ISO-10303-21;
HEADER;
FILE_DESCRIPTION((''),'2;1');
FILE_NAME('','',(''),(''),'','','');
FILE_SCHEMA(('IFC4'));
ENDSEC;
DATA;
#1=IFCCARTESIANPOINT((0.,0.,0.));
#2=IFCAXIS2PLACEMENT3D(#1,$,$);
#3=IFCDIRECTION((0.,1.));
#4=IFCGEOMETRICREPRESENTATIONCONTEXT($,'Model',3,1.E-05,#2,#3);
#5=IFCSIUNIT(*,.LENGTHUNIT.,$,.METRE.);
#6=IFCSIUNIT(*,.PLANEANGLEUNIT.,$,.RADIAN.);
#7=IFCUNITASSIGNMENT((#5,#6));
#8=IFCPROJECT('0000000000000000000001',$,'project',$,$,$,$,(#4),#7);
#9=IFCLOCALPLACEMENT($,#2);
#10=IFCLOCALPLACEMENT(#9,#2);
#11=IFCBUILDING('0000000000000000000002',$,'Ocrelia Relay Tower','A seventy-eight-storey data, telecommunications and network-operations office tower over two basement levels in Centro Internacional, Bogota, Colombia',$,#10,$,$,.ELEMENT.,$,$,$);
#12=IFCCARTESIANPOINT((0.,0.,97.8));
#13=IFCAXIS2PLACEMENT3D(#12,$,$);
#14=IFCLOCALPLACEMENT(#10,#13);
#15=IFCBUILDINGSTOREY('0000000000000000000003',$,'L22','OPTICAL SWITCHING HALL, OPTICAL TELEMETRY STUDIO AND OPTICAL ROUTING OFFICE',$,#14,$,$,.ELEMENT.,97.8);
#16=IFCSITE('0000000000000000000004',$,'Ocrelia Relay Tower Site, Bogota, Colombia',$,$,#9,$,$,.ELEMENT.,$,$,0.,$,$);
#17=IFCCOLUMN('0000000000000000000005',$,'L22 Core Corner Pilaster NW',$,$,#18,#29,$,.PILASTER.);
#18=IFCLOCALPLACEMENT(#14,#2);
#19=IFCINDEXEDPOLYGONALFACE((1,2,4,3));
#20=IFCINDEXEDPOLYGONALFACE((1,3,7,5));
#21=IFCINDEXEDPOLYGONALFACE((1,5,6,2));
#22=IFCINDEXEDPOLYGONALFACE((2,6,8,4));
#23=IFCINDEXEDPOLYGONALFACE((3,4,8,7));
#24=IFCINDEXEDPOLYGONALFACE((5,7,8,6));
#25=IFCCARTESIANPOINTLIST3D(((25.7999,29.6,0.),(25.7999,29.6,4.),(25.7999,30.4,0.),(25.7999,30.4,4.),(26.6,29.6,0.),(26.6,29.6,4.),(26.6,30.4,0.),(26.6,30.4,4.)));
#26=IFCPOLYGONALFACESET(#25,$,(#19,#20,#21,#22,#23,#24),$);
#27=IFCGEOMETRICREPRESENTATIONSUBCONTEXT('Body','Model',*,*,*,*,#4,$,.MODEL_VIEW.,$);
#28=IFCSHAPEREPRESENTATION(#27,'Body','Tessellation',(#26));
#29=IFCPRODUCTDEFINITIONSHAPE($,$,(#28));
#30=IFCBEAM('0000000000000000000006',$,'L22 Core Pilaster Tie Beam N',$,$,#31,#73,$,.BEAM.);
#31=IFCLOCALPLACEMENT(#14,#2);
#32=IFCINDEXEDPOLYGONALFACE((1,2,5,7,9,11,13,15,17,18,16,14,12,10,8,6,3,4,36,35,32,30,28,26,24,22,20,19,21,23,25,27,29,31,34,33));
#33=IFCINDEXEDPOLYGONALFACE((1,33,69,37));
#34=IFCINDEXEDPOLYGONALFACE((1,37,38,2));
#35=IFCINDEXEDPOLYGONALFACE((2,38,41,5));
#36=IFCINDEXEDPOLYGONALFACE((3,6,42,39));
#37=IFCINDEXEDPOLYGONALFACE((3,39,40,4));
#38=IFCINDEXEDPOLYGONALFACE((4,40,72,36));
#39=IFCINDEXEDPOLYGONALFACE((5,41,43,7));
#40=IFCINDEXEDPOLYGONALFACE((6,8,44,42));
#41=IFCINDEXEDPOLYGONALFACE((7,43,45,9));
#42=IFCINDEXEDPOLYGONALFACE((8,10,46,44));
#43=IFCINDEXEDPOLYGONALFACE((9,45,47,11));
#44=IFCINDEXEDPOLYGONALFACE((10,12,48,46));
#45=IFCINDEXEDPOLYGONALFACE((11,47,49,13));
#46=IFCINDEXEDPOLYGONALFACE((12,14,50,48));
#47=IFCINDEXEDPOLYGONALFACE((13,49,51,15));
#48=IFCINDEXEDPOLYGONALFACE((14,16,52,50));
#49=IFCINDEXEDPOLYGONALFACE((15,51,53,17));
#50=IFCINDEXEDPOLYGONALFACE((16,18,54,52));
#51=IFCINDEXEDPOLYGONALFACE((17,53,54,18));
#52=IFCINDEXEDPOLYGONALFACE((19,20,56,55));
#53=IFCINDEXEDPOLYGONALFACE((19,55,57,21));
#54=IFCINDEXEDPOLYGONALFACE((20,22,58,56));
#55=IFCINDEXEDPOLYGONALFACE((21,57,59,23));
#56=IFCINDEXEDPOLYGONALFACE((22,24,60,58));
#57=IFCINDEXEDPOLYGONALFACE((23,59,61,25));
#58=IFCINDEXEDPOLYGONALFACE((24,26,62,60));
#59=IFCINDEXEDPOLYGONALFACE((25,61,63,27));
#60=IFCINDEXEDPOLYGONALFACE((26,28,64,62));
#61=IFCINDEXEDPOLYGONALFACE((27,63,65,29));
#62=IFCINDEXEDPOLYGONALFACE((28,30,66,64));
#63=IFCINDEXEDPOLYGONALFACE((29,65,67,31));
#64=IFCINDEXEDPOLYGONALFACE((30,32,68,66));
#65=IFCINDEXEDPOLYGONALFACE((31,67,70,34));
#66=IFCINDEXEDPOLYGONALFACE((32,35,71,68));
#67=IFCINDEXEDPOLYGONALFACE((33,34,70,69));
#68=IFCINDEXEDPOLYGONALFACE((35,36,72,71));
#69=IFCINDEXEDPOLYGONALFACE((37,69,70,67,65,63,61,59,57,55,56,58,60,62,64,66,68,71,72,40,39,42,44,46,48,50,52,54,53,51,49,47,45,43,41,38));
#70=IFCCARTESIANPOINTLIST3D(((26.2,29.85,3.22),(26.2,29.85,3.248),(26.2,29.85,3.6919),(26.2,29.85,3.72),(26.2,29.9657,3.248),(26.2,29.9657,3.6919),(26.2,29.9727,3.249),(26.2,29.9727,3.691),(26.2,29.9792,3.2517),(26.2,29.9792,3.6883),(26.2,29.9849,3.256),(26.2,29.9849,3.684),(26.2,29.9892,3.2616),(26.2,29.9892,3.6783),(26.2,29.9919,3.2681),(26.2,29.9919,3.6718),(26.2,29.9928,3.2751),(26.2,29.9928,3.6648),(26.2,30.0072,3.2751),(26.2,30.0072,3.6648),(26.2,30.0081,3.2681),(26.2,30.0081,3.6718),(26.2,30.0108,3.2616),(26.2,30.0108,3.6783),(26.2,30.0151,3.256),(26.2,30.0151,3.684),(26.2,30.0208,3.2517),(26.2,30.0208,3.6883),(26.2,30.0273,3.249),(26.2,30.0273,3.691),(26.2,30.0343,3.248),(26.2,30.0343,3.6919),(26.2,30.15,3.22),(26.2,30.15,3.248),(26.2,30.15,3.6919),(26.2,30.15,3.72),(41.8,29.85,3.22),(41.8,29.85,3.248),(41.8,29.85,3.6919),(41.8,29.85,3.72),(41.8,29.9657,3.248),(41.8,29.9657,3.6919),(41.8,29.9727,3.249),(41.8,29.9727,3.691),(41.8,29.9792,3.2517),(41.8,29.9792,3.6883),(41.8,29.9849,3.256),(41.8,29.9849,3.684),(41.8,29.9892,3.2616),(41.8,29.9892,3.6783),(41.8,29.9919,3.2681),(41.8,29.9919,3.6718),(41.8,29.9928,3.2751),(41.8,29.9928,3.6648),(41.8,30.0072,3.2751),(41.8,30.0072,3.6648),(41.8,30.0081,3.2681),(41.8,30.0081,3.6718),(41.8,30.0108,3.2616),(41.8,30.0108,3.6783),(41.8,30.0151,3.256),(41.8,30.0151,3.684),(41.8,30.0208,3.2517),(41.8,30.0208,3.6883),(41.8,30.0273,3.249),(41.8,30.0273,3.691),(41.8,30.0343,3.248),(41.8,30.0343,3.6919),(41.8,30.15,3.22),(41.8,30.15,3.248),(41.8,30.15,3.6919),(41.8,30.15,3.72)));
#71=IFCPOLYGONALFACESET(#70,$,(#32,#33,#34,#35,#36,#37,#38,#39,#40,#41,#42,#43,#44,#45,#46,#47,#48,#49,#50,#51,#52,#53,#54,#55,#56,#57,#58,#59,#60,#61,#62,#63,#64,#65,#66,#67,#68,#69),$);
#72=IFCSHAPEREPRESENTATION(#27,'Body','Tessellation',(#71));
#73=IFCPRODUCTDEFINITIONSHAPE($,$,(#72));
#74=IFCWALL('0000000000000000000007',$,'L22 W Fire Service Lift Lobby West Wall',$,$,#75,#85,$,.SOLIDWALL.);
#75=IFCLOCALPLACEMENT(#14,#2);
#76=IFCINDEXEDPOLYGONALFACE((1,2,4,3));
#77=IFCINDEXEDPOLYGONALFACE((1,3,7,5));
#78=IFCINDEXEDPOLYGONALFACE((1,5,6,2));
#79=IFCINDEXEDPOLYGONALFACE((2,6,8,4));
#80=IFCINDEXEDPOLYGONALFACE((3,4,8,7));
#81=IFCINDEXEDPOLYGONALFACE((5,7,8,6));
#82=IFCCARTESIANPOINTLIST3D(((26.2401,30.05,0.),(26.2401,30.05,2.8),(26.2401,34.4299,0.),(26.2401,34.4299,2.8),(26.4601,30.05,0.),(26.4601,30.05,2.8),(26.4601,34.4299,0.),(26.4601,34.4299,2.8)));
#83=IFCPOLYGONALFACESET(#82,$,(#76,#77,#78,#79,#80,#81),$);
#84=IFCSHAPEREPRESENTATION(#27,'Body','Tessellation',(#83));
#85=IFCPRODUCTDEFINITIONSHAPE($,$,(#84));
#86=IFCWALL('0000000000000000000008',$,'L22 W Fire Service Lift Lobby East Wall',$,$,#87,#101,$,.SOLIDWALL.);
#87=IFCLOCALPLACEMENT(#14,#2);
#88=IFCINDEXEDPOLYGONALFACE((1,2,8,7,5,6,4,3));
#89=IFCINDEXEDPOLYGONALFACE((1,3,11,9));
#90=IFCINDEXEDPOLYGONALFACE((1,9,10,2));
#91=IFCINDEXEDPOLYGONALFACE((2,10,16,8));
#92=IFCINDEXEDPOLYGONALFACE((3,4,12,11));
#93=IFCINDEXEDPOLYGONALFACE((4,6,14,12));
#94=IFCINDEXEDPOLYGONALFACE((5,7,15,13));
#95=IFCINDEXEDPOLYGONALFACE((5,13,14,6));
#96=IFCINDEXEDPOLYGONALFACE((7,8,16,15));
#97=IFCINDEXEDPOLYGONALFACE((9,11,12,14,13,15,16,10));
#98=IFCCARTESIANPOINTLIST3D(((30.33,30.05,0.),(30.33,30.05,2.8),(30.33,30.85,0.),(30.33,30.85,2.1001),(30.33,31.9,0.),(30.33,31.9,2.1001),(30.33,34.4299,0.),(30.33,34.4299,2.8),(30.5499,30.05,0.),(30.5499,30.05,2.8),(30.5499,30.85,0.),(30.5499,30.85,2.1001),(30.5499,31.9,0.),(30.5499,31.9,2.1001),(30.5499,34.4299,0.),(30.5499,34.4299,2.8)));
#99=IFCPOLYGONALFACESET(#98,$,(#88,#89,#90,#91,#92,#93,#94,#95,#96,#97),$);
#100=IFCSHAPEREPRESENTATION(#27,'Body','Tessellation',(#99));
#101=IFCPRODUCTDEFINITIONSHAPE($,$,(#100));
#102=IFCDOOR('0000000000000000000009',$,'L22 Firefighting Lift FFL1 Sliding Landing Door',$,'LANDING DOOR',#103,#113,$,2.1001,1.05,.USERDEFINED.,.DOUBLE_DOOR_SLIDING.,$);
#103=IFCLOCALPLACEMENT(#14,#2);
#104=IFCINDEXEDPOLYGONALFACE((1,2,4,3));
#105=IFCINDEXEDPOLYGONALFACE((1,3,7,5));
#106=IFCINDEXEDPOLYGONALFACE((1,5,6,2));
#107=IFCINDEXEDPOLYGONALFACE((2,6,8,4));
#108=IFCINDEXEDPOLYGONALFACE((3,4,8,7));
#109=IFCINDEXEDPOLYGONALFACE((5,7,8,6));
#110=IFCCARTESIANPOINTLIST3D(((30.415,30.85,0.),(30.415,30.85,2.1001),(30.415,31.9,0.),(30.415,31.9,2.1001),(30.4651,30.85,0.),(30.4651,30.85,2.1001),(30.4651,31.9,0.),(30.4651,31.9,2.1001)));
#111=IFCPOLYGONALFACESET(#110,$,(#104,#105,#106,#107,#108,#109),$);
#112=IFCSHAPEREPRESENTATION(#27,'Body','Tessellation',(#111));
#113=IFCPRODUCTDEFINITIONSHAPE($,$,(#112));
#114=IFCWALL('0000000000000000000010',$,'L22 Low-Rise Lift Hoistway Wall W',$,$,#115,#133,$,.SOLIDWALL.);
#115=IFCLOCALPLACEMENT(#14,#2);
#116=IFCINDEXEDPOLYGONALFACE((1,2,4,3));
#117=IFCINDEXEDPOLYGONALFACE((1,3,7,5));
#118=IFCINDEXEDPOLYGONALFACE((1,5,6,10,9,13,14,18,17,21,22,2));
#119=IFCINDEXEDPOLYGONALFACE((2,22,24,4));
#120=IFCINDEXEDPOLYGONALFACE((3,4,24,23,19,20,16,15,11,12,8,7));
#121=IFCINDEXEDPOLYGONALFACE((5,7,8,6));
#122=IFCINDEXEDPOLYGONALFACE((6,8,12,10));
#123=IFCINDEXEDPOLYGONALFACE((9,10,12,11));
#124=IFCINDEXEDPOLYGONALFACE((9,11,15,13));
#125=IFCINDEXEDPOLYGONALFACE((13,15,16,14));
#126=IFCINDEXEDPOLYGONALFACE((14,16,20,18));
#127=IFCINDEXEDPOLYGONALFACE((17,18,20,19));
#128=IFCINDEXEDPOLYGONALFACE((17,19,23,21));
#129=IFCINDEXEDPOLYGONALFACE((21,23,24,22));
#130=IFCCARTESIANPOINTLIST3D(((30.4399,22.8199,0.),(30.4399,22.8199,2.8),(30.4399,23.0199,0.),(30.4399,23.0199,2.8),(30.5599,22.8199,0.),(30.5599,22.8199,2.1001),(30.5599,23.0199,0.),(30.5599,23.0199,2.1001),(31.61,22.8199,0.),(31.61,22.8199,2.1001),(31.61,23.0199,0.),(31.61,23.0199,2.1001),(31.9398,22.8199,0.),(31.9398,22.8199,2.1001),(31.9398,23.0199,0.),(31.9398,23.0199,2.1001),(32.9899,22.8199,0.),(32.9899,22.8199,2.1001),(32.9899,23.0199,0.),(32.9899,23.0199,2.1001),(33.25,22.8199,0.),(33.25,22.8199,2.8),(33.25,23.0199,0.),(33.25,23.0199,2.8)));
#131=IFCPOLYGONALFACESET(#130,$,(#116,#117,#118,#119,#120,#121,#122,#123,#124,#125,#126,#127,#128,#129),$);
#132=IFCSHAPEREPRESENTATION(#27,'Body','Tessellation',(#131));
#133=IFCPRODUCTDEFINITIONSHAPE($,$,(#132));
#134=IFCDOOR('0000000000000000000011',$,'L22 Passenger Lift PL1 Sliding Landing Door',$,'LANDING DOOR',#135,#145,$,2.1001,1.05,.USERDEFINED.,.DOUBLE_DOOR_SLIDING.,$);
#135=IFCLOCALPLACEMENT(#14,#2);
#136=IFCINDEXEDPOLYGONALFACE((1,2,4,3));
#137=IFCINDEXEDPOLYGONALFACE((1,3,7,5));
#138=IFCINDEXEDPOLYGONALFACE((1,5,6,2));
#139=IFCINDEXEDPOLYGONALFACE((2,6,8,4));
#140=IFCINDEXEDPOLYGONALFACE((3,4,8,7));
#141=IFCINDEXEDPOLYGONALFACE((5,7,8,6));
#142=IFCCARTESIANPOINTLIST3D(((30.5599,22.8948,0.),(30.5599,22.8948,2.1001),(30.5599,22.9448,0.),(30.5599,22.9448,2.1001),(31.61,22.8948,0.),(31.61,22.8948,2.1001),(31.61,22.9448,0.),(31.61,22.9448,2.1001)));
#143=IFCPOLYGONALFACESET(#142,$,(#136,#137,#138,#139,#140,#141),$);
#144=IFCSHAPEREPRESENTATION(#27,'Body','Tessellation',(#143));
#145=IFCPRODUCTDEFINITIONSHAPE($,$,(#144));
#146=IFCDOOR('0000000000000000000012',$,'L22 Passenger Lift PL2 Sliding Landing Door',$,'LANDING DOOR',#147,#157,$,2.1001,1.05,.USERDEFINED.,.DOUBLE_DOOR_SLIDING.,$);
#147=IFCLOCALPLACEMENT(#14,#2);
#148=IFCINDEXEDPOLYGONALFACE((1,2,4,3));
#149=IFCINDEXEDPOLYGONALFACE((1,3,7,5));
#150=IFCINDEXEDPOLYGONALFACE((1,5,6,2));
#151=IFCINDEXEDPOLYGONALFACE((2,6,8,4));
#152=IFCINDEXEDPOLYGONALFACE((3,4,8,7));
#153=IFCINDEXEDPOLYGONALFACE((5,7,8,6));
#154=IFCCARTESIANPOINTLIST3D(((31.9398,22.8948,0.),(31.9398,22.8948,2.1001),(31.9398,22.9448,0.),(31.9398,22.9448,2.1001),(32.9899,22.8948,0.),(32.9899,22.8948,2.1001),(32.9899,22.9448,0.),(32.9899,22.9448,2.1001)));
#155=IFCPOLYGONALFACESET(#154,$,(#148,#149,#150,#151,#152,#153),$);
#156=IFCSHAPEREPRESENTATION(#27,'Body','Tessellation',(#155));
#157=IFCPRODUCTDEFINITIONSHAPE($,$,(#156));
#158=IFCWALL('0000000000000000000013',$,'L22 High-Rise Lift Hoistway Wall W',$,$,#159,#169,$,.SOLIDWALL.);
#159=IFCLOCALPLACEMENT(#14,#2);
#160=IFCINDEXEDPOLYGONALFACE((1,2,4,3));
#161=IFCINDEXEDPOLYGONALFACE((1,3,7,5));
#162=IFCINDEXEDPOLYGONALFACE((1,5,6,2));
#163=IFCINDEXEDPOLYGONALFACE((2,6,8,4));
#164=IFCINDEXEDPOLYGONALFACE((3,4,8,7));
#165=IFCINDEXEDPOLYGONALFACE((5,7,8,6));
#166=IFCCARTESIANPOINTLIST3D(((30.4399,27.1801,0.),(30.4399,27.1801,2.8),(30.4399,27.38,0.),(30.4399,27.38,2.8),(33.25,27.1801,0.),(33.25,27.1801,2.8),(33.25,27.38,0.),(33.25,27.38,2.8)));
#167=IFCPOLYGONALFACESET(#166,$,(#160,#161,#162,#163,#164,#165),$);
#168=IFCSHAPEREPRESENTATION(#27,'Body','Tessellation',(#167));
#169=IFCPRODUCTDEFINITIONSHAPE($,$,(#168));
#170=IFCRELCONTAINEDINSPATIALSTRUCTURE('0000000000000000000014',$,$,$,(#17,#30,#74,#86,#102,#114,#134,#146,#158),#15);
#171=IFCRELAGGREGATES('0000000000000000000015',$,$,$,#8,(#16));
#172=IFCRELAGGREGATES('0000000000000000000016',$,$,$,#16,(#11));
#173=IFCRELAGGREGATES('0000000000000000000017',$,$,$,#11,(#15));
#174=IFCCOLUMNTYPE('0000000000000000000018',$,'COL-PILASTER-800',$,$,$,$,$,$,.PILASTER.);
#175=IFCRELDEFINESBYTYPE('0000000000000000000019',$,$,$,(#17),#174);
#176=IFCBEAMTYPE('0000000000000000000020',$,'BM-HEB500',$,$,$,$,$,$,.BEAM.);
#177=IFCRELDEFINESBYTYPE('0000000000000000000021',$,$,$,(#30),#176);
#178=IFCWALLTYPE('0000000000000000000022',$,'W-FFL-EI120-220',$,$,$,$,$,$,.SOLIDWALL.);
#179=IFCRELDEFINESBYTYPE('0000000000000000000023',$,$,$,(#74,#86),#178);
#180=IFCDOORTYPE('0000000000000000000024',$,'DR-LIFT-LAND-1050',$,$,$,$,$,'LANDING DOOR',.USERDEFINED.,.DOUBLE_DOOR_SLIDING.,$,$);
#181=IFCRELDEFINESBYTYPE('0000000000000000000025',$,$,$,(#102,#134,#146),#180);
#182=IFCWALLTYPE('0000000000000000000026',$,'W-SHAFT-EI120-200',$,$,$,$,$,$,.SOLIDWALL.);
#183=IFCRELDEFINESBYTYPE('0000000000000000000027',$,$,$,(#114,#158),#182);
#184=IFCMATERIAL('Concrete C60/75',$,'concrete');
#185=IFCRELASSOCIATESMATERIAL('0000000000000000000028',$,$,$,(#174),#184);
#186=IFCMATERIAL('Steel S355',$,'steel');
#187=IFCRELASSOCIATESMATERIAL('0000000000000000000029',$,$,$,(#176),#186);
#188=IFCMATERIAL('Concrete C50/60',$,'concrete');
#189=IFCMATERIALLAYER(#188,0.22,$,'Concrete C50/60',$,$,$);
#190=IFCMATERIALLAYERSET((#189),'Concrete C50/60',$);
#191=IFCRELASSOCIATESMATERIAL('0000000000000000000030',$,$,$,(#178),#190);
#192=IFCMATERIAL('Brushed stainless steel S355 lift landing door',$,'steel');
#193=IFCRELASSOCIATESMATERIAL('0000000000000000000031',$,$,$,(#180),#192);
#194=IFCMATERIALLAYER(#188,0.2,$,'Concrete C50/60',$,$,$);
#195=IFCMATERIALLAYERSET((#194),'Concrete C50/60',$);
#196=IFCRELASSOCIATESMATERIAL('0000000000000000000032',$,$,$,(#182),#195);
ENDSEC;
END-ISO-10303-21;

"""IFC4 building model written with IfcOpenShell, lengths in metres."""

from ifc_helpers import new_model, si_unit, direction, frame, frame_2d, origin, origin_2d, place, context, subcontext, project, spatial, rectangle, i_section, extrude, material, layer, layer_set, material_profile, profile_set, type_object, element, fill, save


model = new_model("IFC4")

# Units and contexts
model_context = context("Model", 3, precision=1e-05, world=origin(), true_north=direction((0.0, 1.0)))
body_context = subcontext(model_context, "Body", "Model", "MODEL_VIEW")
ifc_project = project(units=[si_unit("LENGTHUNIT", "METRE"), si_unit("PLANEANGLEUNIT", "RADIAN")], contexts=[model_context])

# Site, building, storey
site_placement = place(None, origin())
site = spatial("IfcSite", under=ifc_project, at=site_placement, Name="Ocrelia Relay Tower Site, Bogota, Colombia", CompositionType="ELEMENT", RefElevation=0.0)
building_placement = place(site_placement, origin())
building = spatial("IfcBuilding", under=site, at=building_placement, Name="Ocrelia Relay Tower", Description="A seventy-eight-storey data, telecommunications and network-operations office tower over two basement levels in Centro Internacional, Bogota, Colombia", CompositionType="ELEMENT")
storey_placement = place(building_placement, frame((0.0, 0.0, 97.8)))
storey = spatial("IfcBuildingStorey", under=building, at=storey_placement, Name="L22", Description="OPTICAL SWITCHING HALL, OPTICAL TELEMETRY STUDIO AND OPTICAL ROUTING OFFICE", CompositionType="ELEMENT", Elevation=97.8)

# Column
ifc_material_1 = material(Name="Concrete C60/75", Category="concrete")
ifc_material_profile_1 = material_profile(ifc_material_1, rectangle(XDim=0.8, YDim=0.8, at=origin_2d()), Name="RC-COL-800x800")
ifc_profile_set_1 = profile_set([ifc_material_profile_1], Name="Concrete C60/75")
column_type = type_object("IfcColumnType", Name="COL-PILASTER-800", PredefinedType="PILASTER", material=ifc_profile_set_1)
column_placement = place(storey_placement, frame((26.2, 30.0, 0.0), z_axis=(0.0, 0.0, 1.0), x_axis=(1.0, 0.0, 0.0)))
element("IfcColumn", 1, at=column_placement, inside=storey, type_object=column_type, Name="L22 Core Corner Pilaster NW", PredefinedType="PILASTER", context=body_context, shape_type="SweptSolid", body=[
    extrude(rectangle(XDim=0.8, YDim=0.8, at=origin_2d()), origin(), (0.0, 0.0, 1.0), 4.0),
])

# Beam
ifc_material_2 = material(Name="Steel S355", Category="steel")
ifc_material_profile_2 = material_profile(ifc_material_2, i_section(OverallWidth=0.3, OverallDepth=0.5, WebThickness=0.0144, FlangeThickness=0.0281, FilletRadius=0.0271, at=origin_2d()), Name="HEB 500")
ifc_profile_set_2 = profile_set([ifc_material_profile_2], Name="Steel S355")
beam_type = type_object("IfcBeamType", Name="BM-HEB500", PredefinedType="BEAM", material=ifc_profile_set_2)
beam_placement = place(storey_placement, frame((26.2, 30.0, 3.47), z_axis=(1.0, 0.0, 0.0), x_axis=(0.0, 1.0, 0.0)))
element("IfcBeam", 2, at=beam_placement, inside=storey, type_object=beam_type, Name="L22 Core Pilaster Tie Beam N", PredefinedType="BEAM", context=body_context, shape_type="SweptSolid", body=[
    extrude(i_section(OverallWidth=0.3, OverallDepth=0.5, WebThickness=0.0144, FlangeThickness=0.0281, FilletRadius=0.0271, at=origin_2d()), origin(), (0.0, 0.0, 1.0), 15.6001),
])

# Wall
ifc_material_3 = material(Name="Concrete C50/60", Category="concrete")
ifc_layer_1 = layer(ifc_material_3, 0.22, Name="Concrete C50/60")
ifc_layer_set_1 = layer_set([ifc_layer_1], Name="Concrete C50/60")
wall_type_1 = type_object("IfcWallType", Name="W-FFL-EI120-220", PredefinedType="SOLIDWALL", material=ifc_layer_set_1)
wall_1_placement = place(storey_placement, frame((26.3501, 30.05, 0.0), z_axis=(0.0, 0.0, 1.0), x_axis=(0.0, 1.0, 0.0)))
element("IfcWall", 3, at=wall_1_placement, inside=storey, type_object=wall_type_1, Name="L22 W Fire Service Lift Lobby West Wall", PredefinedType="SOLIDWALL", context=body_context, shape_type="SweptSolid", body=[
    extrude(rectangle(XDim=4.3799, YDim=0.22, at=frame_2d((2.1899, 0.0))), origin(), (0.0, 0.0, 1.0), 2.8),
])

# Wall, opening, door
wall_2_placement = place(storey_placement, frame((30.4399, 30.05, 0.0), z_axis=(0.0, 0.0, 1.0), x_axis=(0.0, 1.0, 0.0)))
wall_2 = element("IfcWall", 4, at=wall_2_placement, inside=storey, type_object=wall_type_1, Name="L22 W Fire Service Lift Lobby East Wall", PredefinedType="SOLIDWALL", context=body_context, shape_type="SweptSolid", body=[
    extrude(rectangle(XDim=4.3799, YDim=0.22, at=frame_2d((2.1899, 0.0))), origin(), (0.0, 0.0, 1.0), 2.8),
])
opening_1_placement = place(wall_2_placement, frame((0.8, 0.0, 0.0)))
opening_1 = element("IfcOpeningElement", 5, at=opening_1_placement, cuts=wall_2, PredefinedType="OPENING", context=body_context, shape_type="SweptSolid", body=[
    extrude(rectangle(XDim=1.05, YDim=2.1001, at=frame_2d((0.5249, 1.05))), frame((0.0, 0.1201, 0.0), z_axis=(0.0, -1.0, 0.0), x_axis=(1.0, 0.0, 0.0)), (0.0, 0.0, 1.0), 0.24),
])
ifc_material_4 = material(Name="Brushed stainless steel S355 lift landing door", Category="steel")
door_type_1 = type_object("IfcDoorType", Name="DR-LIFT-LAND-1050", ElementType="LANDING DOOR", OperationType="DOUBLE_DOOR_SLIDING", PredefinedType="USERDEFINED", material=ifc_material_4)
door_1_placement = place(opening_1_placement, origin())
door_1 = element("IfcDoor", 6, at=door_1_placement, inside=storey, type_object=door_type_1, Name="L22 Firefighting Lift FFL1 Sliding Landing Door", ObjectType="LANDING DOOR", OperationType="DOUBLE_DOOR_SLIDING", OverallHeight=2.1001, OverallWidth=1.05, PredefinedType="USERDEFINED", context=body_context, shape_type="SweptSolid", body=[
    extrude(rectangle(XDim=1.05, YDim=2.1001, at=frame_2d((0.5249, 1.05))), frame((0.0, 0.0249, 0.0), z_axis=(0.0, -1.0, 0.0), x_axis=(1.0, 0.0, 0.0)), (0.0, 0.0, 1.0), 0.05),
])
fill(opening_1, door_1)

# Wall, openings, doors
ifc_layer_2 = layer(ifc_material_3, 0.2, Name="Concrete C50/60")
ifc_layer_set_2 = layer_set([ifc_layer_2], Name="Concrete C50/60")
wall_type_2 = type_object("IfcWallType", Name="W-SHAFT-EI120-200", PredefinedType="SOLIDWALL", material=ifc_layer_set_2)
wall_3_placement = place(storey_placement, frame((30.4399, 22.9199, 0.0), z_axis=(0.0, 0.0, 1.0), x_axis=(1.0, 0.0, 0.0)))
wall_3 = element("IfcWall", 7, at=wall_3_placement, inside=storey, type_object=wall_type_2, Name="L22 Low-Rise Lift Hoistway Wall W", PredefinedType="SOLIDWALL", context=body_context, shape_type="SweptSolid", body=[
    extrude(rectangle(XDim=2.8101, YDim=0.2, at=frame_2d((1.405, 0.0))), origin(), (0.0, 0.0, 1.0), 2.8),
])
opening_2_placement = place(wall_3_placement, frame((0.1201, 0.0, 0.0)))
opening_2 = element("IfcOpeningElement", 8, at=opening_2_placement, cuts=wall_3, PredefinedType="OPENING", context=body_context, shape_type="SweptSolid", body=[
    extrude(rectangle(XDim=1.05, YDim=2.1001, at=frame_2d((0.5249, 1.05))), frame((0.0, 0.1099, 0.0), z_axis=(0.0, -1.0, 0.0), x_axis=(1.0, 0.0, 0.0)), (0.0, 0.0, 1.0), 0.22),
])
opening_3_placement = place(wall_3_placement, frame((1.5, 0.0, 0.0)))
opening_3 = element("IfcOpeningElement", 9, at=opening_3_placement, cuts=wall_3, PredefinedType="OPENING", context=body_context, shape_type="SweptSolid", body=[
    extrude(rectangle(XDim=1.05, YDim=2.1001, at=frame_2d((0.5249, 1.05))), frame((0.0, 0.1099, 0.0), z_axis=(0.0, -1.0, 0.0), x_axis=(1.0, 0.0, 0.0)), (0.0, 0.0, 1.0), 0.22),
])
door_2_placement = place(opening_2_placement, origin())
door_2 = element("IfcDoor", 10, at=door_2_placement, inside=storey, type_object=door_type_1, Name="L22 Passenger Lift PL1 Sliding Landing Door", ObjectType="LANDING DOOR", OperationType="DOUBLE_DOOR_SLIDING", OverallHeight=2.1001, OverallWidth=1.05, PredefinedType="USERDEFINED", context=body_context, shape_type="SweptSolid", body=[
    extrude(rectangle(XDim=1.05, YDim=2.1001, at=frame_2d((0.5249, 1.05))), frame((0.0, 0.0249, 0.0), z_axis=(0.0, -1.0, 0.0), x_axis=(1.0, 0.0, 0.0)), (0.0, 0.0, 1.0), 0.05),
])
fill(opening_2, door_2)
door_3_placement = place(opening_3_placement, origin())
door_3 = element("IfcDoor", 11, at=door_3_placement, inside=storey, type_object=door_type_1, Name="L22 Passenger Lift PL2 Sliding Landing Door", ObjectType="LANDING DOOR", OperationType="DOUBLE_DOOR_SLIDING", OverallHeight=2.1001, OverallWidth=1.05, PredefinedType="USERDEFINED", context=body_context, shape_type="SweptSolid", body=[
    extrude(rectangle(XDim=1.05, YDim=2.1001, at=frame_2d((0.5249, 1.05))), frame((0.0, 0.0249, 0.0), z_axis=(0.0, -1.0, 0.0), x_axis=(1.0, 0.0, 0.0)), (0.0, 0.0, 1.0), 0.05),
])
fill(opening_3, door_3)

# Wall
wall_4_placement = place(storey_placement, frame((30.4399, 27.28, 0.0), z_axis=(0.0, 0.0, 1.0), x_axis=(1.0, 0.0, 0.0)))
element("IfcWall", 12, at=wall_4_placement, inside=storey, type_object=wall_type_2, Name="L22 High-Rise Lift Hoistway Wall W", PredefinedType="SOLIDWALL", context=body_context, shape_type="SweptSolid", body=[
    extrude(rectangle(XDim=2.8101, YDim=0.2, at=frame_2d((1.405, 0.0))), origin(), (0.0, 0.0, 1.0), 2.8),
])

save(model, "model.ifc")
